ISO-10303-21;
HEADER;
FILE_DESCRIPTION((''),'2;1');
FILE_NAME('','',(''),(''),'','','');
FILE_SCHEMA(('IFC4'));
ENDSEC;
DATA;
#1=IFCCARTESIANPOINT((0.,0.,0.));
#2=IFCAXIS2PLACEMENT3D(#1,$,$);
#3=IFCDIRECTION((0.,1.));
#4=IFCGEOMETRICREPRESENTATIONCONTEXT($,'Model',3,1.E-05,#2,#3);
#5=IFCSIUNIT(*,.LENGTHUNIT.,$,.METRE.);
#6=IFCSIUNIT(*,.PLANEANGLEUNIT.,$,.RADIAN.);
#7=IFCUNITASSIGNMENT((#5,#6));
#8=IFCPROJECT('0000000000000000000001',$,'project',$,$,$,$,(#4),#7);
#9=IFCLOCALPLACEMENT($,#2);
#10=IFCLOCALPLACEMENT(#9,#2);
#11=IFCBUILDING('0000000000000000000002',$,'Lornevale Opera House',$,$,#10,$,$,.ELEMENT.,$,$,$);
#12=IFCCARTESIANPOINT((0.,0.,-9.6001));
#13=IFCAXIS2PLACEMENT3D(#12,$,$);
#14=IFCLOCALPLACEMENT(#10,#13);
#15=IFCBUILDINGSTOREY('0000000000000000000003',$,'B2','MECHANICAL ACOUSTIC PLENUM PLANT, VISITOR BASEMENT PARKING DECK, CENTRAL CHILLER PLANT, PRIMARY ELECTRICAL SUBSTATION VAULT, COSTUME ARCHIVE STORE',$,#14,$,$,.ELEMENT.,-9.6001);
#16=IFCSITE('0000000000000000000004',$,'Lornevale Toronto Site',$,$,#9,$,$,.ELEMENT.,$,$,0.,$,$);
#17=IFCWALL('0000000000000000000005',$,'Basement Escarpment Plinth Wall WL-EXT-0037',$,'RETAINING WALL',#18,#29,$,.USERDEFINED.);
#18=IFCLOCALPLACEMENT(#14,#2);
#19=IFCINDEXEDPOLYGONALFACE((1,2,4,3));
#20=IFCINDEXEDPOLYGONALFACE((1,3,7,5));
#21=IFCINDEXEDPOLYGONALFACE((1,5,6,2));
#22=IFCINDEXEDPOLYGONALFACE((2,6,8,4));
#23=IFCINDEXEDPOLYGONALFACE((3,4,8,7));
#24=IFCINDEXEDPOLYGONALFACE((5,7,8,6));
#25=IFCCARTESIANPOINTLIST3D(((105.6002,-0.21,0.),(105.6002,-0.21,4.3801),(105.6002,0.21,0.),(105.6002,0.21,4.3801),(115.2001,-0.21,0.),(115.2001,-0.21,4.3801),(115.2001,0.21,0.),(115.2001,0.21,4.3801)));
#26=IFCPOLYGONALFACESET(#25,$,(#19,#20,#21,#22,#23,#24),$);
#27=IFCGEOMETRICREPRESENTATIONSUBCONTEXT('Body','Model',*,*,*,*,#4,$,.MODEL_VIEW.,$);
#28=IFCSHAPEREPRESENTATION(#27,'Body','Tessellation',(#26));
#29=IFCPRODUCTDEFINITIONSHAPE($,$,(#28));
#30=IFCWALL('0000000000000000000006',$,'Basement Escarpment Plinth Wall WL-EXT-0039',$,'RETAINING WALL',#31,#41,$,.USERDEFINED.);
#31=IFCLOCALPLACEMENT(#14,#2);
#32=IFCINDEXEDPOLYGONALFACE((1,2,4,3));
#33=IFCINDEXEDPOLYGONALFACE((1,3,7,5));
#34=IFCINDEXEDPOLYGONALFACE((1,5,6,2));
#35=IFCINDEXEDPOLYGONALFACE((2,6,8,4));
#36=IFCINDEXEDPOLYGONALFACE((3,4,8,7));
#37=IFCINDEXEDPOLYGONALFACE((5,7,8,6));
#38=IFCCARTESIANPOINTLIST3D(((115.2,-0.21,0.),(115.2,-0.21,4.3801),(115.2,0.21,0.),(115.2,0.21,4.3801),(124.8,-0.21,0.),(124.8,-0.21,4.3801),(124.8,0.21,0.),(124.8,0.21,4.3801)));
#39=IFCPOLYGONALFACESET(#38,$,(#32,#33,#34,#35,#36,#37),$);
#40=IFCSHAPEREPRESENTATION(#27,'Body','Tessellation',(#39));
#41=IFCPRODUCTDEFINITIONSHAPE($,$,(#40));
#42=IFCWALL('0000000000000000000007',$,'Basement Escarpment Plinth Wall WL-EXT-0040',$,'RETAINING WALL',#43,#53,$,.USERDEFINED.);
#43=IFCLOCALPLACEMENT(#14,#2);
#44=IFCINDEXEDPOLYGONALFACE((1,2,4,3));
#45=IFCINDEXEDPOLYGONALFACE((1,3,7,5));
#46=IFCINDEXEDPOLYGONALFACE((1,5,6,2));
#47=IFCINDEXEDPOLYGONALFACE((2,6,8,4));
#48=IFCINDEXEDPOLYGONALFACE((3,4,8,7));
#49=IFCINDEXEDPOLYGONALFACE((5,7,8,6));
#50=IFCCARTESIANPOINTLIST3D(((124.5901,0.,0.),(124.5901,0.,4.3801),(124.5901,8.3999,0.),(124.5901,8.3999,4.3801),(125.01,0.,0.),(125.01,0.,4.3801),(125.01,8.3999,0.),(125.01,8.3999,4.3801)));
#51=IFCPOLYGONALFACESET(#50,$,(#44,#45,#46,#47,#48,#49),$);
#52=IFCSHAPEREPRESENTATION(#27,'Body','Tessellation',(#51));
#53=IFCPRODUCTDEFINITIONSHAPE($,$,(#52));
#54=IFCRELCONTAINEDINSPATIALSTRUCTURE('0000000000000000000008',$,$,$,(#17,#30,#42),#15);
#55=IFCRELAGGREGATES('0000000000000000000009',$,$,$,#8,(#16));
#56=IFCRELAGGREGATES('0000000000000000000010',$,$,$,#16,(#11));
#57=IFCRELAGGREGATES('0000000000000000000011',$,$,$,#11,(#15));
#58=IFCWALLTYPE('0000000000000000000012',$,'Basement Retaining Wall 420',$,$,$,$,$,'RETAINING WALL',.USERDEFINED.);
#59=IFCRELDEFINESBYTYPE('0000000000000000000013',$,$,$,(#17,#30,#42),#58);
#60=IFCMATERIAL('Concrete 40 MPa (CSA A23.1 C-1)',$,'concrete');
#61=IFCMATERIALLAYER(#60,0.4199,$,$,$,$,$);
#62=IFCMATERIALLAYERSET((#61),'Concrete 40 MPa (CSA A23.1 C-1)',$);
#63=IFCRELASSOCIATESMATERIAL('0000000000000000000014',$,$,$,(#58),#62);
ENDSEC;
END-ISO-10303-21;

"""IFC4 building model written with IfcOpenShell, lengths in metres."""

from ifc_helpers import new_model, si_unit, direction, frame, frame_2d, origin, place, context, subcontext, project, spatial, rectangle, extrude, material, layer, layer_set, type_object, element, save


model = new_model("IFC4")

# Units and contexts
model_context = context("Model", 3, precision=1e-05, world=origin(), true_north=direction((0.0, 1.0)))
body_context = subcontext(model_context, "Body", "Model", "MODEL_VIEW")
ifc_project = project(units=[si_unit("LENGTHUNIT", "METRE"), si_unit("PLANEANGLEUNIT", "RADIAN")], contexts=[model_context])

# Site, building, storey
site_placement = place(None, origin())
site = spatial("IfcSite", under=ifc_project, at=site_placement, Name="Lornevale Toronto Site", CompositionType="ELEMENT", RefElevation=0.0)
building_placement = place(site_placement, origin())
building = spatial("IfcBuilding", under=site, at=building_placement, Name="Lornevale Opera House", CompositionType="ELEMENT")
storey_placement = place(building_placement, frame((0.0, 0.0, -9.6001)))
storey = spatial("IfcBuildingStorey", under=building, at=storey_placement, Name="B2", Description="MECHANICAL ACOUSTIC PLENUM PLANT, VISITOR BASEMENT PARKING DECK, CENTRAL CHILLER PLANT, PRIMARY ELECTRICAL SUBSTATION VAULT, COSTUME ARCHIVE STORE", CompositionType="ELEMENT", Elevation=-9.6001)

# Shared definitions
ifc_material_1 = material(Name="Concrete 40 MPa (CSA A23.1 C-1)", Category="concrete")

# Walls
ifc_layer_1 = layer(ifc_material_1, 0.4199)
ifc_layer_set_1 = layer_set([ifc_layer_1], Name="Concrete 40 MPa (CSA A23.1 C-1)")
wall_type = type_object("IfcWallType", Name="Basement Retaining Wall 420", ElementType="RETAINING WALL", PredefinedType="USERDEFINED", material=ifc_layer_set_1)
wall_1_placement = place(storey_placement, frame((115.2, 0.0, 0.0), z_axis=(0.0, 0.0, 1.0), x_axis=(-1.0, 0.0, 0.0)))
element("IfcWall", 1, at=wall_1_placement, inside=storey, type_object=wall_type, Name="Basement Escarpment Plinth Wall WL-EXT-0037", ObjectType="RETAINING WALL", PredefinedType="USERDEFINED", context=body_context, shape_type="SweptSolid", body=[
    extrude(rectangle(XDim=9.5999, YDim=0.4199, at=frame_2d((4.7998, 0.0))), origin(), (0.0, 0.0, 1.0), 4.3801),
])
wall_2_placement = place(storey_placement, frame((124.8, 0.0, 0.0), z_axis=(0.0, 0.0, 1.0), x_axis=(-1.0, 0.0, 0.0)))
element("IfcWall", 2, at=wall_2_placement, inside=storey, type_object=wall_type, Name="Basement Escarpment Plinth Wall WL-EXT-0039", ObjectType="RETAINING WALL", PredefinedType="USERDEFINED", context=body_context, shape_type="SweptSolid", body=[
    extrude(rectangle(XDim=9.6001, YDim=0.4199, at=frame_2d((4.8, 0.0))), origin(), (0.0, 0.0, 1.0), 4.3801),
])
wall_3_placement = place(storey_placement, frame((124.8, 8.3999, 0.0), z_axis=(0.0, 0.0, 1.0), x_axis=(0.0, -1.0, 0.0)))
element("IfcWall", 3, at=wall_3_placement, inside=storey, type_object=wall_type, Name="Basement Escarpment Plinth Wall WL-EXT-0040", ObjectType="RETAINING WALL", PredefinedType="USERDEFINED", context=body_context, shape_type="SweptSolid", body=[
    extrude(rectangle(XDim=8.3999, YDim=0.4199, at=frame_2d((4.2, 0.0))), origin(), (0.0, 0.0, 1.0), 4.3801),
])

save(model, "model.ifc")
